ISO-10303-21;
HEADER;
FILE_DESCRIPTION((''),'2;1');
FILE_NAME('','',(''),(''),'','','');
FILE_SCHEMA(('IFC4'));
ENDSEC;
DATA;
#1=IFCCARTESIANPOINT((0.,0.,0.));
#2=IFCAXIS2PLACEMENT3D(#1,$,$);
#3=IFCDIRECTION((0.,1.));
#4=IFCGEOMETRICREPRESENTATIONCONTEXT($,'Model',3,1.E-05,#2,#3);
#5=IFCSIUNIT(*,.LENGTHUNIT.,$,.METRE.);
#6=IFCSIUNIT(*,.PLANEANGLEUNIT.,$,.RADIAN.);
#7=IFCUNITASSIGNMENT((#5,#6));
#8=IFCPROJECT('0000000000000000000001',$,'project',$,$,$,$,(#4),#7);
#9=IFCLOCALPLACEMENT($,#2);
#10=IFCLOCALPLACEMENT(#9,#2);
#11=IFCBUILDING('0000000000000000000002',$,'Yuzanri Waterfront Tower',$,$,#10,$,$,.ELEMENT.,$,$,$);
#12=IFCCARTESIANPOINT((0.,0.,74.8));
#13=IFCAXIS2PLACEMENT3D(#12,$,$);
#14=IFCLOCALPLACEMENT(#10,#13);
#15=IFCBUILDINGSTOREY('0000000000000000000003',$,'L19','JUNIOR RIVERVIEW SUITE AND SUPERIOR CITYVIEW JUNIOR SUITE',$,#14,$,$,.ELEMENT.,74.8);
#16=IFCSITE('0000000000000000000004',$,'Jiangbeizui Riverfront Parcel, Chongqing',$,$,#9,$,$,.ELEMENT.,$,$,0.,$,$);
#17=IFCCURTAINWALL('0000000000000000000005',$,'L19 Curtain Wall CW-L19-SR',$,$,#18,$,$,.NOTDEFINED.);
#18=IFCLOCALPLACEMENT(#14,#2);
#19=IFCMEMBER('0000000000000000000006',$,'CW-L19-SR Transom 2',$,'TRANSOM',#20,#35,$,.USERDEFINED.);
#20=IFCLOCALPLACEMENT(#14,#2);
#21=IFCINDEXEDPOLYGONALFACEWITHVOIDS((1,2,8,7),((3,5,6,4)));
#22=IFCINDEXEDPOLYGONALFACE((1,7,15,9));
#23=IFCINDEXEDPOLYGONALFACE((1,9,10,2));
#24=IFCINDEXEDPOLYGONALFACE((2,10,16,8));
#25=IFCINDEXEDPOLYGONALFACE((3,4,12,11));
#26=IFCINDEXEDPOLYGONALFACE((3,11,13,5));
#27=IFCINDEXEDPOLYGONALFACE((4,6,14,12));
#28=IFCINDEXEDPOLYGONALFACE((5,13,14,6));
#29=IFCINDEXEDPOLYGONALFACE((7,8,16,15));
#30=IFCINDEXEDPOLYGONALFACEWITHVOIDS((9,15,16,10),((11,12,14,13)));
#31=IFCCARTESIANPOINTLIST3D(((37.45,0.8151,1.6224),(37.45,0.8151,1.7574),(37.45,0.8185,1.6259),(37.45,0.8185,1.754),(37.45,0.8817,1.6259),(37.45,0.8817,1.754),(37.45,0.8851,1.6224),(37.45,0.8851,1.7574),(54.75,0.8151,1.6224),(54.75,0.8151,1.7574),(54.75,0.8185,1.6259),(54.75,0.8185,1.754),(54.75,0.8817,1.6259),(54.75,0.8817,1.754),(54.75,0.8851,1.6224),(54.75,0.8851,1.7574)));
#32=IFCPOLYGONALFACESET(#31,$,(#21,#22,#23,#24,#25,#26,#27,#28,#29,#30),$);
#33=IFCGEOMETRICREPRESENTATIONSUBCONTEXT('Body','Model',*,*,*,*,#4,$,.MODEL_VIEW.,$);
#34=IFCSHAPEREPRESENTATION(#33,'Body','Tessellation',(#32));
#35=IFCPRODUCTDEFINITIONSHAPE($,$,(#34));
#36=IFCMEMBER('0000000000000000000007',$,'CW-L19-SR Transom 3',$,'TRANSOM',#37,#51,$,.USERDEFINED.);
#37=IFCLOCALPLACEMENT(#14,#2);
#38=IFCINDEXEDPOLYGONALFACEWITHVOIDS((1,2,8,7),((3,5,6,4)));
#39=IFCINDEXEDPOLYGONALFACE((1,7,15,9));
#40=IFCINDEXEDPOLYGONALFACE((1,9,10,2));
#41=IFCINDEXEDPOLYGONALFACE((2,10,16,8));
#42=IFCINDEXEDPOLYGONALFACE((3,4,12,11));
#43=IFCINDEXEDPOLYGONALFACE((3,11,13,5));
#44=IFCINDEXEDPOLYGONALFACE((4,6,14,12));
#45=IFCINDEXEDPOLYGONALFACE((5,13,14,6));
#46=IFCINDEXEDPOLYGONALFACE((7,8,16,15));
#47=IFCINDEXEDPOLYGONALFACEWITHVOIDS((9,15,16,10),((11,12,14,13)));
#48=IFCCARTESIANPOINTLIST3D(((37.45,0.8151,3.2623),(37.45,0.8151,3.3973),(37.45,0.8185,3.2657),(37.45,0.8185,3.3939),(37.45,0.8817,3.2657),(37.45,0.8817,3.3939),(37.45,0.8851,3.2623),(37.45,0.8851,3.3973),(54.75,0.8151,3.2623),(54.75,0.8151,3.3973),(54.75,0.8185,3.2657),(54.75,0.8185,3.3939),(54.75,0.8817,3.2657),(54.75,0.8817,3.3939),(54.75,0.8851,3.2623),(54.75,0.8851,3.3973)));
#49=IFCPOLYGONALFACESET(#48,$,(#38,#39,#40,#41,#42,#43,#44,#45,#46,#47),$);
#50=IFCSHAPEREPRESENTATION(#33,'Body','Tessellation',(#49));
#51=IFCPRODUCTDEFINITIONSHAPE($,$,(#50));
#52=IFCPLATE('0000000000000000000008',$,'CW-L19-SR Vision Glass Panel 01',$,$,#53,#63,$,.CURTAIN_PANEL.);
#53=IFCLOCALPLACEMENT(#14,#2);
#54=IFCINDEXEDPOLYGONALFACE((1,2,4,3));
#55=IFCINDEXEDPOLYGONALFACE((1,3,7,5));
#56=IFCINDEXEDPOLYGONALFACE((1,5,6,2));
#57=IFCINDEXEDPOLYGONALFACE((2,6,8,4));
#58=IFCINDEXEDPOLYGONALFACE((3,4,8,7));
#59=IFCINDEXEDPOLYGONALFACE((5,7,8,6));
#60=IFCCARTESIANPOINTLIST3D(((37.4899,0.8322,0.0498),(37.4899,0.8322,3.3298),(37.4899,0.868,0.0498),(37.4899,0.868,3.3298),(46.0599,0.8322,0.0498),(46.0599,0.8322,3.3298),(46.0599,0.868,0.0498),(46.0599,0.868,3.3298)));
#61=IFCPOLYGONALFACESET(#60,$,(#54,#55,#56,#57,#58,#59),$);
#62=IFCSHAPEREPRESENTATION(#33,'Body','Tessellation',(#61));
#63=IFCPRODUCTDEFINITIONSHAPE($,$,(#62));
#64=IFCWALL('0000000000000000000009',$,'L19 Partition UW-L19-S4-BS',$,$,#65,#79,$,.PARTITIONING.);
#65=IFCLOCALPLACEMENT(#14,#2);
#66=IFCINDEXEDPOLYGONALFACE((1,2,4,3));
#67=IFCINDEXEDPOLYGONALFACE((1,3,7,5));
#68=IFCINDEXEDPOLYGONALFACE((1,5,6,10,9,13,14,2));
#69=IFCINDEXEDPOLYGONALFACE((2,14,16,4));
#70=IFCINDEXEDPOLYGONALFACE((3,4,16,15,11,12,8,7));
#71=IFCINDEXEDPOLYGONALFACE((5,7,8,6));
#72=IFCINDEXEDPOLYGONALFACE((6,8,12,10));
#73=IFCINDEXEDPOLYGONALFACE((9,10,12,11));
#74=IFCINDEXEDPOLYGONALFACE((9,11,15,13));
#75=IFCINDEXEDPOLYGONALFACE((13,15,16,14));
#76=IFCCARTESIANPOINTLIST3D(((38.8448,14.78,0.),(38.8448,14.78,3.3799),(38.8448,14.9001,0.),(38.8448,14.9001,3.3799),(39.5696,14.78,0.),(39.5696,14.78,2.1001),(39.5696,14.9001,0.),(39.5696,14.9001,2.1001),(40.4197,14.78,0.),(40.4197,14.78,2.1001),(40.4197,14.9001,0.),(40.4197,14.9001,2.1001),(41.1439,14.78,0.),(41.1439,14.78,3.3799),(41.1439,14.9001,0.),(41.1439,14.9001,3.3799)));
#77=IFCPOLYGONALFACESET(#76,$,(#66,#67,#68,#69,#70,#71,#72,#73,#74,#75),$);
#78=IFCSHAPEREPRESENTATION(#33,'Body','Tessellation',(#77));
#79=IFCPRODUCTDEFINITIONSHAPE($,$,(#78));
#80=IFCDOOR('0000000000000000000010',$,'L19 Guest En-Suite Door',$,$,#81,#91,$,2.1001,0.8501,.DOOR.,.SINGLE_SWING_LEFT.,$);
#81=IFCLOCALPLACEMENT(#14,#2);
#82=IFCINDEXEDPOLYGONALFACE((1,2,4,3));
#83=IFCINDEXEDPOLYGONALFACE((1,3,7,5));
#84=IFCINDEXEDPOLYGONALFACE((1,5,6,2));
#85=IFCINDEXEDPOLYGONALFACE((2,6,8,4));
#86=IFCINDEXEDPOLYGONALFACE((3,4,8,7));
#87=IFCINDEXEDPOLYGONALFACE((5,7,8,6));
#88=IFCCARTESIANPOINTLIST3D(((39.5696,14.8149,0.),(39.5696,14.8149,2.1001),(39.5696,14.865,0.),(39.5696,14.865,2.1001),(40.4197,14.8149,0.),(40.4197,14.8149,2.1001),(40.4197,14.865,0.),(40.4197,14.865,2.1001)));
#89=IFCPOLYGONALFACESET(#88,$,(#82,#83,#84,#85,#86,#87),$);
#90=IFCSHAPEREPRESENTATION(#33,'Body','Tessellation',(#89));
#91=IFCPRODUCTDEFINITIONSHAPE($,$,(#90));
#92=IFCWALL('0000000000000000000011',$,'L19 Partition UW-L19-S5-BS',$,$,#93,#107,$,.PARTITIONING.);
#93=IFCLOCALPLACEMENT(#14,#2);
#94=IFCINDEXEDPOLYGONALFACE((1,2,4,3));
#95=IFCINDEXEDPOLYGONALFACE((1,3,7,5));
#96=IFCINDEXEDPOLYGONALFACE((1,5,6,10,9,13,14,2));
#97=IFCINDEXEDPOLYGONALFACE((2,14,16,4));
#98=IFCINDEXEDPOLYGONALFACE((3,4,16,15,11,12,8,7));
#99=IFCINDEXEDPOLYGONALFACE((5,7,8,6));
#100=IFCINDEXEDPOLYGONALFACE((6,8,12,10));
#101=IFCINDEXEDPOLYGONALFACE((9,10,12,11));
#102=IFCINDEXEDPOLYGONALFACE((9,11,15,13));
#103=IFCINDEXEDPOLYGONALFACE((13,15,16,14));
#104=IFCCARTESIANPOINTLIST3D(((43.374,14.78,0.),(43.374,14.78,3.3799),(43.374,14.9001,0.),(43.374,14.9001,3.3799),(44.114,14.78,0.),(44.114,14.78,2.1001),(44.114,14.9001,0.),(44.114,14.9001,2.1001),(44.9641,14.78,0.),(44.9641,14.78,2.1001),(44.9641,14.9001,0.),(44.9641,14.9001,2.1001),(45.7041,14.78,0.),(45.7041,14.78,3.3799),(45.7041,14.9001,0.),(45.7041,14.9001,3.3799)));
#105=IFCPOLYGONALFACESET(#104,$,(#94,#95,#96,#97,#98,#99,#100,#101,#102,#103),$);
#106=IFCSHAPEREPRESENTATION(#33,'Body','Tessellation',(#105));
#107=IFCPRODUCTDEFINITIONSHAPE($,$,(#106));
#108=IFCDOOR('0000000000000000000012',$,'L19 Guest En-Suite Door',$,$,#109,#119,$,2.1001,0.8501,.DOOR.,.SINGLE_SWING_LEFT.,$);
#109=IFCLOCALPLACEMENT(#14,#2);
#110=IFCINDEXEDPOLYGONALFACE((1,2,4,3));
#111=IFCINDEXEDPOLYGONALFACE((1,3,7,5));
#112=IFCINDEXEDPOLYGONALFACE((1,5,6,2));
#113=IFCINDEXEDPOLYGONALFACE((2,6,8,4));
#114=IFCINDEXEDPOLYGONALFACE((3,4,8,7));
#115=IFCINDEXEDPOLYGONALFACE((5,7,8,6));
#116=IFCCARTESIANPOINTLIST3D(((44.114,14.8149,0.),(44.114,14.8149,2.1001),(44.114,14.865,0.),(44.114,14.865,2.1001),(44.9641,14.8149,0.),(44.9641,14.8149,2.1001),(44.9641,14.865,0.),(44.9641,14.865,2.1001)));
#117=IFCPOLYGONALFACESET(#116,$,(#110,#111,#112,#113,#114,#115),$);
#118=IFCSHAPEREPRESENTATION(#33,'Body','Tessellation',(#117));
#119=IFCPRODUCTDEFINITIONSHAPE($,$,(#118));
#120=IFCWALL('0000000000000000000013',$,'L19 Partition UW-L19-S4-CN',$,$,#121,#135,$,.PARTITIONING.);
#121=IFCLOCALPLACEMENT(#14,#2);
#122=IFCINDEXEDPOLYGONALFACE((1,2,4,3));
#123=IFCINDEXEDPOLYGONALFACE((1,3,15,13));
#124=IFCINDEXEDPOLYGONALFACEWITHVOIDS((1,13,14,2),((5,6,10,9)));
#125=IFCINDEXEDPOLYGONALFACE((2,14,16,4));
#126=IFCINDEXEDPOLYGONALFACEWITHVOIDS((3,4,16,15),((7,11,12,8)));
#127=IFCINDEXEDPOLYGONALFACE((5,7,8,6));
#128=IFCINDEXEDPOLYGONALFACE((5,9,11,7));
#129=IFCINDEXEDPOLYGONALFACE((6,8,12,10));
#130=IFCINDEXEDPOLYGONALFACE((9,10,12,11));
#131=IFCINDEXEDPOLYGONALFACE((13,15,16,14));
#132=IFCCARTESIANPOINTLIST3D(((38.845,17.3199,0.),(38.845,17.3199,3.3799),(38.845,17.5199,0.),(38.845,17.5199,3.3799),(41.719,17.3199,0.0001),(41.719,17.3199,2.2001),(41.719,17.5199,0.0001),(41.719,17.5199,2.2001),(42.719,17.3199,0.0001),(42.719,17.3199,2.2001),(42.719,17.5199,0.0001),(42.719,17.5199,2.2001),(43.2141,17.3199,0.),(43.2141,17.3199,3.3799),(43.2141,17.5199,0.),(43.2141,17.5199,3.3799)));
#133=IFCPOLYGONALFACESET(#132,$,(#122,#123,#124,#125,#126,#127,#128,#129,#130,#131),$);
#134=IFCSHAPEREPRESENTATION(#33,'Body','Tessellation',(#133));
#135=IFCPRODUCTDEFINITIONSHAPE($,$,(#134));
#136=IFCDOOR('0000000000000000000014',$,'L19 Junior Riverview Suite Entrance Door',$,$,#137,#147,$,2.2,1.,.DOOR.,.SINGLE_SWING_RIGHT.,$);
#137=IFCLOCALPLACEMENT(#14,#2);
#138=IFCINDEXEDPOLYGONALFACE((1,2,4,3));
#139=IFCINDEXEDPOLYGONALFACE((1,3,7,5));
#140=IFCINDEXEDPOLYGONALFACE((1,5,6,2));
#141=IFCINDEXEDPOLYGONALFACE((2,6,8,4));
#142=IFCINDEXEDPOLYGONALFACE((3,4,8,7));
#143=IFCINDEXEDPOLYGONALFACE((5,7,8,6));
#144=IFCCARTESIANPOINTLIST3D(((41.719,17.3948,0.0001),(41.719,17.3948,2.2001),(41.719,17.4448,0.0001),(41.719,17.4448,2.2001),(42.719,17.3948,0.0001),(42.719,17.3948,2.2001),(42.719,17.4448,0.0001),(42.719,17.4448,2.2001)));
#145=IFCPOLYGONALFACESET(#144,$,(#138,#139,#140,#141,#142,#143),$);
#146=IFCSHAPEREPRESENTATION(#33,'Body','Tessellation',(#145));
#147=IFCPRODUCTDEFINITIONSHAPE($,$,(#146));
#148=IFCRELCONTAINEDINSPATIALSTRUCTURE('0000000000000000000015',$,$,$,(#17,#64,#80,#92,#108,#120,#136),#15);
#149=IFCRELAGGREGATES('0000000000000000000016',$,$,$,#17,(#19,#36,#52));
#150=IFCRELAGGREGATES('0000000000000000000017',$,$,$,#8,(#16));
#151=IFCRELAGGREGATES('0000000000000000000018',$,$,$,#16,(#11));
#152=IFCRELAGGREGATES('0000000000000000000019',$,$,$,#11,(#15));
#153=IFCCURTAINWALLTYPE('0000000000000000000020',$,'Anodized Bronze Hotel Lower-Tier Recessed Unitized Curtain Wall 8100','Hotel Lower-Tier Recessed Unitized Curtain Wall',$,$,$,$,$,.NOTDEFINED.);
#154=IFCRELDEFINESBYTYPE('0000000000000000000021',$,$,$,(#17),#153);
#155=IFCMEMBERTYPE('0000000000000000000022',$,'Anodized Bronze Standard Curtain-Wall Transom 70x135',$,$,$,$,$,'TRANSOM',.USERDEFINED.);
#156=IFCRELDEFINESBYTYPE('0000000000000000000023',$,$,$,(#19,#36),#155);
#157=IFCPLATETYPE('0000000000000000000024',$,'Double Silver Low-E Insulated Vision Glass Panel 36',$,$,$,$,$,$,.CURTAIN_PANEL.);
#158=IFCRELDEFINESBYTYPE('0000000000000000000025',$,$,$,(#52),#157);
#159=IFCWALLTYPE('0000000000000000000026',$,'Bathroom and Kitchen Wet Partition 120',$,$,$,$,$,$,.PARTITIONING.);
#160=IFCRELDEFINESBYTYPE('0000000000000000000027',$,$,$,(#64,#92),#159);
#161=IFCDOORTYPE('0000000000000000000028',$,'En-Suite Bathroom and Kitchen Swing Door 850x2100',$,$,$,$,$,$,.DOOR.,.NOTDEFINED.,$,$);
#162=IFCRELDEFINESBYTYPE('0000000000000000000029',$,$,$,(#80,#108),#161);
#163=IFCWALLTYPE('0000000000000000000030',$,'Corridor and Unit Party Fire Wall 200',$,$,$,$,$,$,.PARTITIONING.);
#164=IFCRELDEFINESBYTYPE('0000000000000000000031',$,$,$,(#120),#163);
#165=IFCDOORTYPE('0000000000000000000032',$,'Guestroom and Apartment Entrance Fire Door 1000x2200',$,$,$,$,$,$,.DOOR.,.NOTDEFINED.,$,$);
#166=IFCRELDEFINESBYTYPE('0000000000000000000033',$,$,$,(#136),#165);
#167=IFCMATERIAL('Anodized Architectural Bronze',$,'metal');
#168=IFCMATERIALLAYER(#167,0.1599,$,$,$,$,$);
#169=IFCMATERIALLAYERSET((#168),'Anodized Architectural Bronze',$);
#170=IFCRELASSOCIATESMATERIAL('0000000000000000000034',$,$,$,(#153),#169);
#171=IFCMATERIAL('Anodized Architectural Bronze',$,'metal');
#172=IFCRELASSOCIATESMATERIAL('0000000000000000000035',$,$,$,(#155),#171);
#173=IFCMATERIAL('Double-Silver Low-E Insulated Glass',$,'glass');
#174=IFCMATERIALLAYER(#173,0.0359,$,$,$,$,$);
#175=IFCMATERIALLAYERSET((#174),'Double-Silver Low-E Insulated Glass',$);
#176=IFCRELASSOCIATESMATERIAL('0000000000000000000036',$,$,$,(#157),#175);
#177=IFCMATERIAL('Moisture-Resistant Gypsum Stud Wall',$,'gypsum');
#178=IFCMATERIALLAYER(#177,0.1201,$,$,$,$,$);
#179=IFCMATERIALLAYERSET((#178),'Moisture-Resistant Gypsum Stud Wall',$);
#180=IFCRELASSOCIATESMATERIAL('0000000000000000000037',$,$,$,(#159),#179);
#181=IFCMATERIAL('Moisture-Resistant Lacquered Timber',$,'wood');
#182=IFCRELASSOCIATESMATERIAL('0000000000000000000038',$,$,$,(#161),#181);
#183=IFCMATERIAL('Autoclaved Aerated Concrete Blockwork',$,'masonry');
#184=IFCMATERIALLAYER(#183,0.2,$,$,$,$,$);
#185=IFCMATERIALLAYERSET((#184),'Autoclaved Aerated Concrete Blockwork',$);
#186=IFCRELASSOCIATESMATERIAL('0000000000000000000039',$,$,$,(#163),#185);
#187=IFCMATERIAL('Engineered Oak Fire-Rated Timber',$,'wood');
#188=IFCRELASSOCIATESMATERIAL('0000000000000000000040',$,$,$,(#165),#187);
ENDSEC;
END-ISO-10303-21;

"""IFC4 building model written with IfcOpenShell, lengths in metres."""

from ifc_helpers import new_model, si_unit, direction, frame, frame_2d, origin, origin_2d, place, context, subcontext, project, spatial, rectangle, hollow_rectangle, extrude, source, transform, mapped, material, layer, layer_set, material_profile, profile_set, type_object, element, fill, aggregate, save


model = new_model("IFC4")

# Units and contexts
model_context = context("Model", 3, precision=1e-05, world=origin(), true_north=direction((0.0, 1.0)))
body_context = subcontext(model_context, "Body", "Model", "MODEL_VIEW")
ifc_project = project(units=[si_unit("LENGTHUNIT", "METRE"), si_unit("PLANEANGLEUNIT", "RADIAN")], contexts=[model_context])

# Site, building, storey
site_placement = place(None, origin())
site = spatial("IfcSite", under=ifc_project, at=site_placement, Name="Jiangbeizui Riverfront Parcel, Chongqing", CompositionType="ELEMENT", RefElevation=0.0)
building_placement = place(site_placement, origin())
building = spatial("IfcBuilding", under=site, at=building_placement, Name="Yuzanri Waterfront Tower", CompositionType="ELEMENT")
storey_placement = place(building_placement, frame((0.0, 0.0, 74.8)))
storey = spatial("IfcBuildingStorey", under=building, at=storey_placement, Name="L19", Description="JUNIOR RIVERVIEW SUITE AND SUPERIOR CITYVIEW JUNIOR SUITE", CompositionType="ELEMENT", Elevation=74.8)

# Curtain wall, members, plate
ifc_material_1 = material(Name="Anodized Architectural Bronze", Category="metal")
ifc_layer_1 = layer(ifc_material_1, 0.1599)
ifc_layer_set_1 = layer_set([ifc_layer_1], Name="Anodized Architectural Bronze")
curtain_wall_type = type_object("IfcCurtainWallType", Name="Anodized Bronze Hotel Lower-Tier Recessed Unitized Curtain Wall 8100", Description="Hotel Lower-Tier Recessed Unitized Curtain Wall", PredefinedType="NOTDEFINED", material=ifc_layer_set_1)
curtain_wall_placement = place(storey_placement, origin())
curtain_wall = element("IfcCurtainWall", 1, at=curtain_wall_placement, inside=storey, type_object=curtain_wall_type, Name="L19 Curtain Wall CW-L19-SR", PredefinedType="NOTDEFINED")
ifc_material_2 = material(Name="Anodized Architectural Bronze", Category="metal")
ifc_material_profile_1 = material_profile(ifc_material_2, hollow_rectangle(XDim=0.0701, YDim=0.135, WallThickness=0.0034, at=origin_2d()), Name="CWT 70x135")
ifc_profile_set_1 = profile_set([ifc_material_profile_1], Name="Anodized Architectural Bronze")
member_type_1 = type_object("IfcMemberType", Name="Anodized Bronze Standard Curtain-Wall Transom 70x135", ElementType="TRANSOM", PredefinedType="USERDEFINED", material=ifc_profile_set_1)
shared_shape_1 = source(origin(), body_context, "Body", "SweptSolid", [
    extrude(hollow_rectangle(XDim=0.0701, YDim=0.135, WallThickness=0.0034, at=origin_2d()), origin(), (0.0, 0.0, 1.0), 17.3),
])
member_1_placement = place(storey_placement, frame((37.45, 0.8501, 1.6899), z_axis=(1.0, 0.0, 0.0), x_axis=(0.0, 1.0, 0.0)))
member_1 = element("IfcMember", 2, at=member_1_placement, type_object=member_type_1, Name="CW-L19-SR Transom 2", ObjectType="TRANSOM", PredefinedType="USERDEFINED", context=body_context, shape_type="MappedRepresentation", body=[
    mapped(shared_shape_1, transform((0.0, 0.0, 0.0), scale=1.0)),
])
member_2_placement = place(storey_placement, frame((37.45, 0.8501, 3.3298), z_axis=(1.0, 0.0, 0.0), x_axis=(0.0, 1.0, 0.0)))
member_2 = element("IfcMember", 3, at=member_2_placement, type_object=member_type_1, Name="CW-L19-SR Transom 3", ObjectType="TRANSOM", PredefinedType="USERDEFINED", context=body_context, shape_type="MappedRepresentation", body=[
    mapped(shared_shape_1, transform((0.0, 0.0, 0.0), scale=1.0)),
])
ifc_material_3 = material(Name="Double-Silver Low-E Insulated Glass", Category="glass")
ifc_layer_2 = layer(ifc_material_3, 0.0359)
ifc_layer_set_2 = layer_set([ifc_layer_2], Name="Double-Silver Low-E Insulated Glass")
plate_type = type_object("IfcPlateType", Name="Double Silver Low-E Insulated Vision Glass Panel 36", PredefinedType="CURTAIN_PANEL", material=ifc_layer_set_2)
shared_shape_2 = source(origin(), body_context, "Body", "SweptSolid", [
    extrude(rectangle(XDim=8.5701, YDim=0.0359, at=origin_2d()), origin(), (0.0, 0.0, 1.0), 3.28),
])
plate_placement = place(storey_placement, frame((41.7749, 0.8501, 0.0498), z_axis=(0.0, 0.0, 1.0), x_axis=(1.0, 0.0, 0.0)))
plate = element("IfcPlate", 4, at=plate_placement, type_object=plate_type, Name="CW-L19-SR Vision Glass Panel 01", PredefinedType="CURTAIN_PANEL", context=body_context, shape_type="MappedRepresentation", body=[
    mapped(shared_shape_2, transform((0.0, 0.0, 0.0), scale=1.0)),
])
aggregate(curtain_wall, [member_1, member_2, plate])

# Walls, openings, doors
ifc_material_4 = material(Name="Moisture-Resistant Gypsum Stud Wall", Category="gypsum")
ifc_layer_3 = layer(ifc_material_4, 0.1201)
ifc_layer_set_3 = layer_set([ifc_layer_3], Name="Moisture-Resistant Gypsum Stud Wall")
wall_type_1 = type_object("IfcWallType", Name="Bathroom and Kitchen Wet Partition 120", PredefinedType="PARTITIONING", material=ifc_layer_set_3)
wall_1_placement = place(storey_placement, frame((38.845, 14.8401, 0.0), z_axis=(0.0, 0.0, 1.0), x_axis=(1.0, 0.0, 0.0)))
wall_1 = element("IfcWall", 5, at=wall_1_placement, inside=storey, type_object=wall_type_1, Name="L19 Partition UW-L19-S4-BS", PredefinedType="PARTITIONING", context=body_context, shape_type="SweptSolid", body=[
    extrude(rectangle(XDim=2.2991, YDim=0.1201, at=frame_2d((1.1494, 0.0))), origin(), (0.0, 0.0, 1.0), 3.3799),
])
opening_1_placement = place(wall_1_placement, frame((0.7246, 0.0, 0.0)))
opening_1 = element("IfcOpeningElement", 6, at=opening_1_placement, cuts=wall_1, PredefinedType="OPENING", context=body_context, shape_type="SweptSolid", body=[
    extrude(rectangle(XDim=0.8501, YDim=2.1001, at=frame_2d((0.425, 1.05))), frame((0.0, 0.075, 0.0), z_axis=(0.0, -1.0, 0.0), x_axis=(1.0, 0.0, 0.0)), (0.0, 0.0, 1.0), 0.1499),
])
ifc_material_5 = material(Name="Moisture-Resistant Lacquered Timber", Category="wood")
door_type_1 = type_object("IfcDoorType", Name="En-Suite Bathroom and Kitchen Swing Door 850x2100", OperationType="NOTDEFINED", PredefinedType="DOOR", material=ifc_material_5)
shared_shape_3 = source(origin(), body_context, "Body", "SweptSolid", [
    extrude(rectangle(XDim=0.8501, YDim=2.1001, at=frame_2d((0.425, 1.05))), frame((0.0, 0.0249, 0.0), z_axis=(0.0, -1.0, 0.0), x_axis=(1.0, 0.0, 0.0)), (0.0, 0.0, 1.0), 0.05),
])
door_1_placement = place(opening_1_placement, origin())
door_1 = element("IfcDoor", 7, at=door_1_placement, inside=storey, type_object=door_type_1, Name="L19 Guest En-Suite Door", OperationType="SINGLE_SWING_LEFT", OverallHeight=2.1001, OverallWidth=0.8501, PredefinedType="DOOR", context=body_context, shape_type="MappedRepresentation", body=[
    mapped(shared_shape_3, transform((0.0, 0.0, 0.0), scale=1.0)),
])
fill(opening_1, door_1)
wall_2_placement = place(storey_placement, frame((43.374, 14.8401, 0.0), z_axis=(0.0, 0.0, 1.0), x_axis=(1.0, 0.0, 0.0)))
wall_2 = element("IfcWall", 8, at=wall_2_placement, inside=storey, type_object=wall_type_1, Name="L19 Partition UW-L19-S5-BS", PredefinedType="PARTITIONING", context=body_context, shape_type="SweptSolid", body=[
    extrude(rectangle(XDim=2.3301, YDim=0.1201, at=frame_2d((1.165, 0.0))), origin(), (0.0, 0.0, 1.0), 3.3799),
])
opening_2_placement = place(wall_2_placement, frame((0.74, 0.0, 0.0)))
opening_2 = element("IfcOpeningElement", 9, at=opening_2_placement, cuts=wall_2, PredefinedType="OPENING", context=body_context, shape_type="SweptSolid", body=[
    extrude(rectangle(XDim=0.8501, YDim=2.1001, at=frame_2d((0.425, 1.05))), frame((0.0, 0.075, 0.0), z_axis=(0.0, -1.0, 0.0), x_axis=(1.0, 0.0, 0.0)), (0.0, 0.0, 1.0), 0.1499),
])
door_2_placement = place(opening_2_placement, origin())
door_2 = element("IfcDoor", 10, at=door_2_placement, inside=storey, type_object=door_type_1, Name="L19 Guest En-Suite Door", OperationType="SINGLE_SWING_LEFT", OverallHeight=2.1001, OverallWidth=0.8501, PredefinedType="DOOR", context=body_context, shape_type="MappedRepresentation", body=[
    mapped(shared_shape_3, transform((0.0, 0.0, 0.0), scale=1.0)),
])
fill(opening_2, door_2)
ifc_material_6 = material(Name="Autoclaved Aerated Concrete Blockwork", Category="masonry")
ifc_layer_4 = layer(ifc_material_6, 0.2)
ifc_layer_set_4 = layer_set([ifc_layer_4], Name="Autoclaved Aerated Concrete Blockwork")
wall_type_2 = type_object("IfcWallType", Name="Corridor and Unit Party Fire Wall 200", PredefinedType="PARTITIONING", material=ifc_layer_set_4)
wall_3_placement = place(storey_placement, frame((38.845, 17.4199, 0.0), z_axis=(0.0, 0.0, 1.0), x_axis=(1.0, 0.0, 0.0)))
wall_3 = element("IfcWall", 11, at=wall_3_placement, inside=storey, type_object=wall_type_2, Name="L19 Partition UW-L19-S4-CN", PredefinedType="PARTITIONING", context=body_context, shape_type="SweptSolid", body=[
    extrude(rectangle(XDim=4.3691, YDim=0.2, at=frame_2d((2.1846, 0.0))), origin(), (0.0, 0.0, 1.0), 3.3799),
])
opening_3_placement = place(wall_3_placement, frame((2.874, 0.0, 0.0)))
opening_3 = element("IfcOpeningElement", 12, at=opening_3_placement, cuts=wall_3, PredefinedType="OPENING", context=body_context, shape_type="SweptSolid", body=[
    extrude(rectangle(XDim=1.0, YDim=2.2, at=frame_2d((0.5, 1.1001))), frame((0.0, 0.1147, 0.0), z_axis=(0.0, -1.0, 0.0), x_axis=(1.0, 0.0, 0.0)), (0.0, 0.0, 1.0), 0.2297),
])
ifc_material_7 = material(Name="Engineered Oak Fire-Rated Timber", Category="wood")
door_type_2 = type_object("IfcDoorType", Name="Guestroom and Apartment Entrance Fire Door 1000x2200", OperationType="NOTDEFINED", PredefinedType="DOOR", material=ifc_material_7)
shared_shape_4 = source(origin(), body_context, "Body", "SweptSolid", [
    extrude(rectangle(XDim=1.0, YDim=2.2, at=frame_2d((0.5, 1.1001))), frame((0.0, 0.0249, 0.0), z_axis=(0.0, -1.0, 0.0), x_axis=(1.0, 0.0, 0.0)), (0.0, 0.0, 1.0), 0.05),
])
door_3_placement = place(opening_3_placement, origin())
door_3 = element("IfcDoor", 13, at=door_3_placement, inside=storey, type_object=door_type_2, Name="L19 Junior Riverview Suite Entrance Door", OperationType="SINGLE_SWING_RIGHT", OverallHeight=2.2, OverallWidth=1.0, PredefinedType="DOOR", context=body_context, shape_type="MappedRepresentation", body=[
    mapped(shared_shape_4, transform((0.0, 0.0, 0.0), scale=1.0)),
])
fill(opening_3, door_3)

save(model, "model.ifc")
